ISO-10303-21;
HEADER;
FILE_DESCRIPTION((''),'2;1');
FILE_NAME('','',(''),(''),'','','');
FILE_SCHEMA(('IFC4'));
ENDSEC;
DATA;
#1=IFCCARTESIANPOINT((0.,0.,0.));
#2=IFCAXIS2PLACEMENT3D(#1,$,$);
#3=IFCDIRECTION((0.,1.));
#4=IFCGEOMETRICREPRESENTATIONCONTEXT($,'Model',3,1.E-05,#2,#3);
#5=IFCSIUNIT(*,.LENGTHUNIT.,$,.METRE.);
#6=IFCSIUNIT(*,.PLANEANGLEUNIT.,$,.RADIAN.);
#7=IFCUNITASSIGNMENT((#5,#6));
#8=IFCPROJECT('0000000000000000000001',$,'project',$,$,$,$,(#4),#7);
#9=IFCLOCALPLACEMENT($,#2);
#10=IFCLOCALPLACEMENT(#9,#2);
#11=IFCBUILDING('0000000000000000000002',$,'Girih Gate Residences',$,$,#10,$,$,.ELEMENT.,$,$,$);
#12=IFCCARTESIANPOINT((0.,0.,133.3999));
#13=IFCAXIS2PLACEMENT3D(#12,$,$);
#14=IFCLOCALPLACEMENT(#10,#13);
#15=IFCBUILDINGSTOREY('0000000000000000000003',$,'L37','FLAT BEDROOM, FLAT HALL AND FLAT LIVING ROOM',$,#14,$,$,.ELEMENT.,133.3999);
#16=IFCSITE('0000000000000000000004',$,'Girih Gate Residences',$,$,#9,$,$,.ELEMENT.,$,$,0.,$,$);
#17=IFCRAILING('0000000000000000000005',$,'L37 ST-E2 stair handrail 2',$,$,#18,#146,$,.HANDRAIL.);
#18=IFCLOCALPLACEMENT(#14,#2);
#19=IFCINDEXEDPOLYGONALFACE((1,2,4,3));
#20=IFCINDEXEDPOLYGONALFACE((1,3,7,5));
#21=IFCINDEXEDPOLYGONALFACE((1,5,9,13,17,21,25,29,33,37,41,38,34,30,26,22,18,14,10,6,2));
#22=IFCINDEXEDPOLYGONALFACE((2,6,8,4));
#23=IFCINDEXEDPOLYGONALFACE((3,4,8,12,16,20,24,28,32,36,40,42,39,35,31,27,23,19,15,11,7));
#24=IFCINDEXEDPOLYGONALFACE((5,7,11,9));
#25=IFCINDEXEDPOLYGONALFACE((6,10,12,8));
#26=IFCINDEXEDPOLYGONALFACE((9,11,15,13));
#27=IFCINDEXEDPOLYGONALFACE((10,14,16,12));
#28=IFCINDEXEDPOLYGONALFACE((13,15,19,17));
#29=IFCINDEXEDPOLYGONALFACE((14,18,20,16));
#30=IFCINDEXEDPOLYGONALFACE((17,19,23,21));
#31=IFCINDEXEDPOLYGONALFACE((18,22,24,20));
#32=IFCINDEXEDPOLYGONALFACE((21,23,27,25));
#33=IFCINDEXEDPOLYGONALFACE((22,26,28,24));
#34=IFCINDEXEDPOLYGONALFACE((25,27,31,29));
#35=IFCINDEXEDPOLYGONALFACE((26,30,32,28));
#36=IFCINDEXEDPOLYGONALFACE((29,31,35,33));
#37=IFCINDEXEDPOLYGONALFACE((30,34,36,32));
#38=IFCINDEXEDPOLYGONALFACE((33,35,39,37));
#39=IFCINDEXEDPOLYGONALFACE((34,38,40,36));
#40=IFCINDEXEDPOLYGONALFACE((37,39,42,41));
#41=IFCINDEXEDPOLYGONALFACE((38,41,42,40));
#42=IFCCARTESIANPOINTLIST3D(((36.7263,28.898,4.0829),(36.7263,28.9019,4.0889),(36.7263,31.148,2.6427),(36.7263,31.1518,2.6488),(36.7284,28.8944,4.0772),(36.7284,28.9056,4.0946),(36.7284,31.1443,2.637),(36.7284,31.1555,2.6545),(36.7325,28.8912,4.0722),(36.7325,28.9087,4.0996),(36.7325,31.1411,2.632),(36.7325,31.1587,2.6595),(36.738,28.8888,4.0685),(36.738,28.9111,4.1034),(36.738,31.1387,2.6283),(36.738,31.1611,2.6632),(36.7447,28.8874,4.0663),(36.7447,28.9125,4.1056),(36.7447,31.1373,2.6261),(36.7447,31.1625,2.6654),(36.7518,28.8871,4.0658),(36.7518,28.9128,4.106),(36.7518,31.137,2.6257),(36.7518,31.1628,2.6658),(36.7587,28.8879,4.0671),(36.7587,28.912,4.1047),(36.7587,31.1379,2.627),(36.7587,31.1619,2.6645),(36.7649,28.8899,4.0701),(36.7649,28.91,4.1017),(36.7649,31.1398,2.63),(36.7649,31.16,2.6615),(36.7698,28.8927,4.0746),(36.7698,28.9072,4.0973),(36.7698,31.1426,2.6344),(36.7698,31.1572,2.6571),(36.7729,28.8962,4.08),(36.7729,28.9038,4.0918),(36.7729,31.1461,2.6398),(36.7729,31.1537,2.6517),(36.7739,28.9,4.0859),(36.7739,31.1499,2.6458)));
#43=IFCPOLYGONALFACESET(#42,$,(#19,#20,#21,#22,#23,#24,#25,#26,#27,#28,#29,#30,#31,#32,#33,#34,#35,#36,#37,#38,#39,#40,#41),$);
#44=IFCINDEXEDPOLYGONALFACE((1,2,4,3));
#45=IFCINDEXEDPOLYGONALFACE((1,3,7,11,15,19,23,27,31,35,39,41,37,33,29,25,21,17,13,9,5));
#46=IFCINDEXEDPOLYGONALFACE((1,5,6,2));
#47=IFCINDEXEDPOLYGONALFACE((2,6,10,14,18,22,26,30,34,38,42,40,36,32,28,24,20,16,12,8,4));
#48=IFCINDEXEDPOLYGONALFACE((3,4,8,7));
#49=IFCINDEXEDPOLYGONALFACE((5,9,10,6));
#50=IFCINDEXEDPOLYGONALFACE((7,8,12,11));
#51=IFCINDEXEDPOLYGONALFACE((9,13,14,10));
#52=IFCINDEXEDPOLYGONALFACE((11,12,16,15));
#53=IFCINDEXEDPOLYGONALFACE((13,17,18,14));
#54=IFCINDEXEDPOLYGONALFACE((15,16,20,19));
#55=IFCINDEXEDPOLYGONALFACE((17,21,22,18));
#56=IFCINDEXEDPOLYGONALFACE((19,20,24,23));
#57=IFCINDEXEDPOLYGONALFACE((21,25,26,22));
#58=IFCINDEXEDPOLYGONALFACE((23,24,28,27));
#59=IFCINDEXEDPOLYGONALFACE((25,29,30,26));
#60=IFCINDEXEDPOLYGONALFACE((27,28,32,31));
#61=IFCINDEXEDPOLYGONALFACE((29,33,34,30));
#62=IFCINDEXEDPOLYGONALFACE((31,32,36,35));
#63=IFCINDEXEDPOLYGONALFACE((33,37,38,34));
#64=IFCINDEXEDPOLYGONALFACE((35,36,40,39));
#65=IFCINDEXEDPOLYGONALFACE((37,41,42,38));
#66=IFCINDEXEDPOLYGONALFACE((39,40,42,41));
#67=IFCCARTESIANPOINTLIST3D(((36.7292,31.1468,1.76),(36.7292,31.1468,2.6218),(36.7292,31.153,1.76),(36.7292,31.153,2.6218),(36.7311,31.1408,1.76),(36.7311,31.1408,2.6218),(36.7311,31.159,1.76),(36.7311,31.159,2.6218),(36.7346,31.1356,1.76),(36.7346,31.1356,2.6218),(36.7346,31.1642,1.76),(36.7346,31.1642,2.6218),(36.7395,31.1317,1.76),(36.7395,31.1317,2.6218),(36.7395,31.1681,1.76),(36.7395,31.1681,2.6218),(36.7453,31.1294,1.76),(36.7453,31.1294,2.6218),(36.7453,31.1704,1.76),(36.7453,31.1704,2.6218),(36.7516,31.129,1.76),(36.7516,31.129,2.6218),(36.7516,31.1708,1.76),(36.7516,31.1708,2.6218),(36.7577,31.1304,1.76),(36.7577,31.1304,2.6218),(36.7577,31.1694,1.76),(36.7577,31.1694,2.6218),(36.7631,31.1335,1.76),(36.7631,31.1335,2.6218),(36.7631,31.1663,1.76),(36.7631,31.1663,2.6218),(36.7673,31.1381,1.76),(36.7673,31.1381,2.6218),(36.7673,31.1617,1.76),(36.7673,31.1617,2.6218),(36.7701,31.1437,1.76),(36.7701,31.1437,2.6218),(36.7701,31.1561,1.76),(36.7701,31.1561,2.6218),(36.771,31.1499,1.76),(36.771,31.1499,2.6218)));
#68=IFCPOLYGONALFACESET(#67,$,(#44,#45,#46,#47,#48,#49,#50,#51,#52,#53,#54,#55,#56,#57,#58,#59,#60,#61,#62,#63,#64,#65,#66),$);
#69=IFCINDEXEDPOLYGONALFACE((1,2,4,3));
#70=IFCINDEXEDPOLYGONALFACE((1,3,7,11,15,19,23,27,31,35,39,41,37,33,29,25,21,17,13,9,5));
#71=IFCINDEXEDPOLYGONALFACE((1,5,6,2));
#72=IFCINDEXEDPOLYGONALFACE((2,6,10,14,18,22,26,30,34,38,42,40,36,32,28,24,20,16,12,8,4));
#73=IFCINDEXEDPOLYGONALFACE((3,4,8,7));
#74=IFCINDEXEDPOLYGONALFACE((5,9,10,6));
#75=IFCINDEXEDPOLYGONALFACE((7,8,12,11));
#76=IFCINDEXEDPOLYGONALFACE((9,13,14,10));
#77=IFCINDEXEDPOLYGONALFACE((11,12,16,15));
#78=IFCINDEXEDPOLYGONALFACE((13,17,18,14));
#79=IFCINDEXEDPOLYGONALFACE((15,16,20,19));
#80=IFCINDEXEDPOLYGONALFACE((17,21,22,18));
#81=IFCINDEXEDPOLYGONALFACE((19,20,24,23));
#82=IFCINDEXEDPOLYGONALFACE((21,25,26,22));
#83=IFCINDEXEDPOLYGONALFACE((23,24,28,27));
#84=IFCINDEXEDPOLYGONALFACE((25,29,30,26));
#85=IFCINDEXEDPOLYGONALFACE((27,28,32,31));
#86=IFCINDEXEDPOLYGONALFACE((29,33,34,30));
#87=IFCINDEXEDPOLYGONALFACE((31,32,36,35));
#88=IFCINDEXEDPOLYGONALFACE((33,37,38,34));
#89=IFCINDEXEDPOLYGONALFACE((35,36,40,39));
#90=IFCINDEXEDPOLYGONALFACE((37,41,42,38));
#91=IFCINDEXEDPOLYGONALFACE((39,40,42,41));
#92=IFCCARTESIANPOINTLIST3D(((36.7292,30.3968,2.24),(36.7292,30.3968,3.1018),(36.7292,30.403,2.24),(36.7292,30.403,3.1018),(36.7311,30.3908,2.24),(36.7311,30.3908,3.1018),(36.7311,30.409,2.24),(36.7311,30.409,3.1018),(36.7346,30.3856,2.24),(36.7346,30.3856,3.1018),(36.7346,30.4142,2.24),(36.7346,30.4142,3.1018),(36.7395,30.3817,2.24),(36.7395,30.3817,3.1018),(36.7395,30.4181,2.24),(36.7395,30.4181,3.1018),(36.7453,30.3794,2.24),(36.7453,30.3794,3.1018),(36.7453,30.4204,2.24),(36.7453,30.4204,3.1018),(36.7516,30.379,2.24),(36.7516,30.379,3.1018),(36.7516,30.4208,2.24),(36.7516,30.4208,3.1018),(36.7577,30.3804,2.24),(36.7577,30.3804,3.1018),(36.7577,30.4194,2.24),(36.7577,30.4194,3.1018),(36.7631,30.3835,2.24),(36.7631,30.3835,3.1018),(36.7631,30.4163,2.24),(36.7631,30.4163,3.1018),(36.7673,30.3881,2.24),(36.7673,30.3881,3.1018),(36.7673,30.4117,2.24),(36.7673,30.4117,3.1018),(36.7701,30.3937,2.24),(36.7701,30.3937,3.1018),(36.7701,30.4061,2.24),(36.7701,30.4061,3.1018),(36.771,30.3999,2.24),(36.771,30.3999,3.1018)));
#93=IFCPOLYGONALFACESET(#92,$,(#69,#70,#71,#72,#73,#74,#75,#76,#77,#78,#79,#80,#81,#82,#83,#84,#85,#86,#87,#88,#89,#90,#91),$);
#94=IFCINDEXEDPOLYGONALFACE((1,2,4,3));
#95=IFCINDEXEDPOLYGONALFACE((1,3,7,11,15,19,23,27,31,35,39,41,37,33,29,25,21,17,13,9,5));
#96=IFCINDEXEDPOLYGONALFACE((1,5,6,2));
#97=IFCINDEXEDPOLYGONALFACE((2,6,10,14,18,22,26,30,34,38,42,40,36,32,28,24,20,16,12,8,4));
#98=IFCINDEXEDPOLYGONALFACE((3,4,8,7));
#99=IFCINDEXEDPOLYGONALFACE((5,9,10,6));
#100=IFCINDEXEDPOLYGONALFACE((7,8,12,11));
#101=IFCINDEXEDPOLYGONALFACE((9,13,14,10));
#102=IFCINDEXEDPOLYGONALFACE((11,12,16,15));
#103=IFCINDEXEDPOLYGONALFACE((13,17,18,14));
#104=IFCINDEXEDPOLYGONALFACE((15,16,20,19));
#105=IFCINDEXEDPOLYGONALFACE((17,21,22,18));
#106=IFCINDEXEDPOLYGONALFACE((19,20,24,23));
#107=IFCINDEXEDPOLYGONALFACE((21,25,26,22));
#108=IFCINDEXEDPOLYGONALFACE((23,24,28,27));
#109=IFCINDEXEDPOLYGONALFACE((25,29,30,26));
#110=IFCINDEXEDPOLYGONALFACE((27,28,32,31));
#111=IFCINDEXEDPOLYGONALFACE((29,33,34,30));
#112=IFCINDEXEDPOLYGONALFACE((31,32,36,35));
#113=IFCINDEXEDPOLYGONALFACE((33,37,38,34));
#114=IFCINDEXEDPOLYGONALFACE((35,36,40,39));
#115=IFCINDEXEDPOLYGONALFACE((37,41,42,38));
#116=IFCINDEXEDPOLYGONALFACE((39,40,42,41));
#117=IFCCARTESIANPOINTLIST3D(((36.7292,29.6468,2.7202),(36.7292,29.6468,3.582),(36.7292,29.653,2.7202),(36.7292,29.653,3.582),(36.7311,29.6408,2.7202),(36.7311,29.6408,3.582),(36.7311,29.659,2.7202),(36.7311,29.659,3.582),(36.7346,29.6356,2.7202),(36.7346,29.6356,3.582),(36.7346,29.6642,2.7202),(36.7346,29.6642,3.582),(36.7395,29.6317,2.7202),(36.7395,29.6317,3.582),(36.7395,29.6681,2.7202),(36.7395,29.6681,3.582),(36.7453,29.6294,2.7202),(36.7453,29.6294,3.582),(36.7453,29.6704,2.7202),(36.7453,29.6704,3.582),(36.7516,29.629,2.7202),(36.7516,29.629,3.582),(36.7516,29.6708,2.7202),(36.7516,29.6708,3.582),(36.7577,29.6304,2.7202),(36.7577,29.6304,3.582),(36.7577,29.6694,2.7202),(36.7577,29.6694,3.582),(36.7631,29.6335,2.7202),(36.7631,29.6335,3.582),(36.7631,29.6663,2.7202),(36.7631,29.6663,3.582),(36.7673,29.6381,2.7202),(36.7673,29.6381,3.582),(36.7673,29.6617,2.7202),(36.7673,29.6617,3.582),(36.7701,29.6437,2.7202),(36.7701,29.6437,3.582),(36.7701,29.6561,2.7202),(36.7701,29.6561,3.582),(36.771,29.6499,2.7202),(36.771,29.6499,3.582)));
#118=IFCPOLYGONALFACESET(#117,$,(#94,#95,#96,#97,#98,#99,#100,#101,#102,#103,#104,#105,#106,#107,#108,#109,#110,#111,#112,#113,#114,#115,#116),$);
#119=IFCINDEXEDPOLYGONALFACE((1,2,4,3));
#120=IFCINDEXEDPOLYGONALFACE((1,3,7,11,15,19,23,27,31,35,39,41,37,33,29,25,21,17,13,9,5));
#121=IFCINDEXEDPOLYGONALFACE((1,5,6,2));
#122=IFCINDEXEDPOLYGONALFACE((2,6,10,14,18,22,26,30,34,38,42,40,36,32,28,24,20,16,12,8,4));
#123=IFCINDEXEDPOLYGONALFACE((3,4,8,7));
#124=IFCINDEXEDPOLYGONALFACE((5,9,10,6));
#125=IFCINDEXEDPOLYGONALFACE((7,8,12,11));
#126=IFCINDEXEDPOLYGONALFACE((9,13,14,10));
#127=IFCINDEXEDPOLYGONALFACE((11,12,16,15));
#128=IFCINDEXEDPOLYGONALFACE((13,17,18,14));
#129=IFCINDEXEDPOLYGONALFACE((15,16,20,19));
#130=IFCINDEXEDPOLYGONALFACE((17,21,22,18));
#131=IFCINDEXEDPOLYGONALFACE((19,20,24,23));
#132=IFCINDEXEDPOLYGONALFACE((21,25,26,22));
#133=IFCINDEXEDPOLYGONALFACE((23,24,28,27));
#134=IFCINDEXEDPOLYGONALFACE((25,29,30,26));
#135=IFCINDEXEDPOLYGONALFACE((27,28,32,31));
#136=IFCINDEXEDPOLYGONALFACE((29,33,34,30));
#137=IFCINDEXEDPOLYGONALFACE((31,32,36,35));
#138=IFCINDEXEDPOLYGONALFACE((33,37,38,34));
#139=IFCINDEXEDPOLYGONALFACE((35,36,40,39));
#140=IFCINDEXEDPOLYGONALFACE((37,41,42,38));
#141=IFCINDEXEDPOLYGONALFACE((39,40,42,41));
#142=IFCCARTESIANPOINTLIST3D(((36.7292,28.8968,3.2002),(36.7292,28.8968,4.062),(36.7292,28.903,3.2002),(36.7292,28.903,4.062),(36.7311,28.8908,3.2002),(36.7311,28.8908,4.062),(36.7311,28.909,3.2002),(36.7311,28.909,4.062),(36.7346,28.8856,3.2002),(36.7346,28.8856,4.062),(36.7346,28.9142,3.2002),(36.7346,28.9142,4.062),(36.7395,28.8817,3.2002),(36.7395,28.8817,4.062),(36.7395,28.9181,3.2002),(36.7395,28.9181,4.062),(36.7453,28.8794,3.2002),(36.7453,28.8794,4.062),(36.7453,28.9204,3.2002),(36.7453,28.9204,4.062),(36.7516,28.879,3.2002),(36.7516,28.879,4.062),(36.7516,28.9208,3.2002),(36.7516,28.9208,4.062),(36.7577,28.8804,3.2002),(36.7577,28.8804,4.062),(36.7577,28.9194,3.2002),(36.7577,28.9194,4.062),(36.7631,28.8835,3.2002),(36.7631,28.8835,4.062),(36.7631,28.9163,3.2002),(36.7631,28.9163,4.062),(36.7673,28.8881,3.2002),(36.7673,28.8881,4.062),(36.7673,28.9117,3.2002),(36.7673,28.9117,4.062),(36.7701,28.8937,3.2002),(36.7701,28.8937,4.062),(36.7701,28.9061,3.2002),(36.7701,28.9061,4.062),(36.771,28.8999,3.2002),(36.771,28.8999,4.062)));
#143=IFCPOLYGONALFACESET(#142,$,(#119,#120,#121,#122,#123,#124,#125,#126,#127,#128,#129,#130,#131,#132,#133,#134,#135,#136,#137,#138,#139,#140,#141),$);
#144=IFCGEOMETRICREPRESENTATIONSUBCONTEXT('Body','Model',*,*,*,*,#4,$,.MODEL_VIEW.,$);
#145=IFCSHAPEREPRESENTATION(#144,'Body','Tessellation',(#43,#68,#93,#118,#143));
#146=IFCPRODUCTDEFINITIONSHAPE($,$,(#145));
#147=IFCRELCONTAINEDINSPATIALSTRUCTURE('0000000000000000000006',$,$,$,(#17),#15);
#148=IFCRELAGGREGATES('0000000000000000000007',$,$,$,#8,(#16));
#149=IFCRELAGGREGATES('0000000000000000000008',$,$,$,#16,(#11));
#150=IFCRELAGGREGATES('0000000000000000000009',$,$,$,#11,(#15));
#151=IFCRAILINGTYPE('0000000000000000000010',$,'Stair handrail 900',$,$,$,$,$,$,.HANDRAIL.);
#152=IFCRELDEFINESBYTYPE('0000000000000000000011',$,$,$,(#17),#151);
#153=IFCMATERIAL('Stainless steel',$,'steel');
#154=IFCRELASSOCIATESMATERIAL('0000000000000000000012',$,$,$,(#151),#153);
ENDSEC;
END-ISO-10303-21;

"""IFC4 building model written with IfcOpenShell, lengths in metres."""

from ifc_helpers import new_model, si_unit, direction, frame, origin, origin_2d, place, context, subcontext, project, spatial, circle, extrude, material, type_object, element, save


model = new_model("IFC4")

# Units and contexts
model_context = context("Model", 3, precision=1e-05, world=origin(), true_north=direction((0.0, 1.0)))
body_context = subcontext(model_context, "Body", "Model", "MODEL_VIEW")
ifc_project = project(units=[si_unit("LENGTHUNIT", "METRE"), si_unit("PLANEANGLEUNIT", "RADIAN")], contexts=[model_context])

# Site, building, storey
site_placement = place(None, origin())
site = spatial("IfcSite", under=ifc_project, at=site_placement, Name="Girih Gate Residences", CompositionType="ELEMENT", RefElevation=0.0)
building_placement = place(site_placement, origin())
building = spatial("IfcBuilding", under=site, at=building_placement, Name="Girih Gate Residences", CompositionType="ELEMENT")
storey_placement = place(building_placement, frame((0.0, 0.0, 133.3999)))
storey = spatial("IfcBuildingStorey", under=building, at=storey_placement, Name="L37", Description="FLAT BEDROOM, FLAT HALL AND FLAT LIVING ROOM", CompositionType="ELEMENT", Elevation=133.3999)

# Shared definitions
ifc_material_1 = material(Name="Stainless steel", Category="steel")

# Railing
railing_type_1 = type_object("IfcRailingType", Name="Stair handrail 900", PredefinedType="HANDRAIL", material=ifc_material_1)
railing_1_placement = place(storey_placement, frame((36.75, 31.1499, 1.76)))
element("IfcRailing", 1, at=railing_1_placement, inside=storey, type_object=railing_type_1, Name="L37 ST-E2 stair handrail 2", PredefinedType="HANDRAIL", context=body_context, shape_type="SweptSolid", body=[
    extrude(circle(Radius=0.0239, at=origin_2d()), frame((0.0, 0.0, 0.8857), z_axis=(0.0, -0.84224, 0.539103), x_axis=(1.0, 0.0, 0.0)), (0.0, 0.0, 1.0), 2.6714),
    extrude(circle(Radius=0.021, at=origin_2d()), origin(), (0.0, 0.0, 1.0), 0.8618),
    extrude(circle(Radius=0.021, at=origin_2d()), frame((0.0, -0.75, 0.48)), (0.0, 0.0, 1.0), 0.8618),
    extrude(circle(Radius=0.021, at=origin_2d()), frame((0.0, -1.5, 0.9602)), (0.0, 0.0, 1.0), 0.8618),
    extrude(circle(Radius=0.021, at=origin_2d()), frame((0.0, -2.25, 1.4402)), (0.0, 0.0, 1.0), 0.8618),
])

save(model, "model.ifc")
